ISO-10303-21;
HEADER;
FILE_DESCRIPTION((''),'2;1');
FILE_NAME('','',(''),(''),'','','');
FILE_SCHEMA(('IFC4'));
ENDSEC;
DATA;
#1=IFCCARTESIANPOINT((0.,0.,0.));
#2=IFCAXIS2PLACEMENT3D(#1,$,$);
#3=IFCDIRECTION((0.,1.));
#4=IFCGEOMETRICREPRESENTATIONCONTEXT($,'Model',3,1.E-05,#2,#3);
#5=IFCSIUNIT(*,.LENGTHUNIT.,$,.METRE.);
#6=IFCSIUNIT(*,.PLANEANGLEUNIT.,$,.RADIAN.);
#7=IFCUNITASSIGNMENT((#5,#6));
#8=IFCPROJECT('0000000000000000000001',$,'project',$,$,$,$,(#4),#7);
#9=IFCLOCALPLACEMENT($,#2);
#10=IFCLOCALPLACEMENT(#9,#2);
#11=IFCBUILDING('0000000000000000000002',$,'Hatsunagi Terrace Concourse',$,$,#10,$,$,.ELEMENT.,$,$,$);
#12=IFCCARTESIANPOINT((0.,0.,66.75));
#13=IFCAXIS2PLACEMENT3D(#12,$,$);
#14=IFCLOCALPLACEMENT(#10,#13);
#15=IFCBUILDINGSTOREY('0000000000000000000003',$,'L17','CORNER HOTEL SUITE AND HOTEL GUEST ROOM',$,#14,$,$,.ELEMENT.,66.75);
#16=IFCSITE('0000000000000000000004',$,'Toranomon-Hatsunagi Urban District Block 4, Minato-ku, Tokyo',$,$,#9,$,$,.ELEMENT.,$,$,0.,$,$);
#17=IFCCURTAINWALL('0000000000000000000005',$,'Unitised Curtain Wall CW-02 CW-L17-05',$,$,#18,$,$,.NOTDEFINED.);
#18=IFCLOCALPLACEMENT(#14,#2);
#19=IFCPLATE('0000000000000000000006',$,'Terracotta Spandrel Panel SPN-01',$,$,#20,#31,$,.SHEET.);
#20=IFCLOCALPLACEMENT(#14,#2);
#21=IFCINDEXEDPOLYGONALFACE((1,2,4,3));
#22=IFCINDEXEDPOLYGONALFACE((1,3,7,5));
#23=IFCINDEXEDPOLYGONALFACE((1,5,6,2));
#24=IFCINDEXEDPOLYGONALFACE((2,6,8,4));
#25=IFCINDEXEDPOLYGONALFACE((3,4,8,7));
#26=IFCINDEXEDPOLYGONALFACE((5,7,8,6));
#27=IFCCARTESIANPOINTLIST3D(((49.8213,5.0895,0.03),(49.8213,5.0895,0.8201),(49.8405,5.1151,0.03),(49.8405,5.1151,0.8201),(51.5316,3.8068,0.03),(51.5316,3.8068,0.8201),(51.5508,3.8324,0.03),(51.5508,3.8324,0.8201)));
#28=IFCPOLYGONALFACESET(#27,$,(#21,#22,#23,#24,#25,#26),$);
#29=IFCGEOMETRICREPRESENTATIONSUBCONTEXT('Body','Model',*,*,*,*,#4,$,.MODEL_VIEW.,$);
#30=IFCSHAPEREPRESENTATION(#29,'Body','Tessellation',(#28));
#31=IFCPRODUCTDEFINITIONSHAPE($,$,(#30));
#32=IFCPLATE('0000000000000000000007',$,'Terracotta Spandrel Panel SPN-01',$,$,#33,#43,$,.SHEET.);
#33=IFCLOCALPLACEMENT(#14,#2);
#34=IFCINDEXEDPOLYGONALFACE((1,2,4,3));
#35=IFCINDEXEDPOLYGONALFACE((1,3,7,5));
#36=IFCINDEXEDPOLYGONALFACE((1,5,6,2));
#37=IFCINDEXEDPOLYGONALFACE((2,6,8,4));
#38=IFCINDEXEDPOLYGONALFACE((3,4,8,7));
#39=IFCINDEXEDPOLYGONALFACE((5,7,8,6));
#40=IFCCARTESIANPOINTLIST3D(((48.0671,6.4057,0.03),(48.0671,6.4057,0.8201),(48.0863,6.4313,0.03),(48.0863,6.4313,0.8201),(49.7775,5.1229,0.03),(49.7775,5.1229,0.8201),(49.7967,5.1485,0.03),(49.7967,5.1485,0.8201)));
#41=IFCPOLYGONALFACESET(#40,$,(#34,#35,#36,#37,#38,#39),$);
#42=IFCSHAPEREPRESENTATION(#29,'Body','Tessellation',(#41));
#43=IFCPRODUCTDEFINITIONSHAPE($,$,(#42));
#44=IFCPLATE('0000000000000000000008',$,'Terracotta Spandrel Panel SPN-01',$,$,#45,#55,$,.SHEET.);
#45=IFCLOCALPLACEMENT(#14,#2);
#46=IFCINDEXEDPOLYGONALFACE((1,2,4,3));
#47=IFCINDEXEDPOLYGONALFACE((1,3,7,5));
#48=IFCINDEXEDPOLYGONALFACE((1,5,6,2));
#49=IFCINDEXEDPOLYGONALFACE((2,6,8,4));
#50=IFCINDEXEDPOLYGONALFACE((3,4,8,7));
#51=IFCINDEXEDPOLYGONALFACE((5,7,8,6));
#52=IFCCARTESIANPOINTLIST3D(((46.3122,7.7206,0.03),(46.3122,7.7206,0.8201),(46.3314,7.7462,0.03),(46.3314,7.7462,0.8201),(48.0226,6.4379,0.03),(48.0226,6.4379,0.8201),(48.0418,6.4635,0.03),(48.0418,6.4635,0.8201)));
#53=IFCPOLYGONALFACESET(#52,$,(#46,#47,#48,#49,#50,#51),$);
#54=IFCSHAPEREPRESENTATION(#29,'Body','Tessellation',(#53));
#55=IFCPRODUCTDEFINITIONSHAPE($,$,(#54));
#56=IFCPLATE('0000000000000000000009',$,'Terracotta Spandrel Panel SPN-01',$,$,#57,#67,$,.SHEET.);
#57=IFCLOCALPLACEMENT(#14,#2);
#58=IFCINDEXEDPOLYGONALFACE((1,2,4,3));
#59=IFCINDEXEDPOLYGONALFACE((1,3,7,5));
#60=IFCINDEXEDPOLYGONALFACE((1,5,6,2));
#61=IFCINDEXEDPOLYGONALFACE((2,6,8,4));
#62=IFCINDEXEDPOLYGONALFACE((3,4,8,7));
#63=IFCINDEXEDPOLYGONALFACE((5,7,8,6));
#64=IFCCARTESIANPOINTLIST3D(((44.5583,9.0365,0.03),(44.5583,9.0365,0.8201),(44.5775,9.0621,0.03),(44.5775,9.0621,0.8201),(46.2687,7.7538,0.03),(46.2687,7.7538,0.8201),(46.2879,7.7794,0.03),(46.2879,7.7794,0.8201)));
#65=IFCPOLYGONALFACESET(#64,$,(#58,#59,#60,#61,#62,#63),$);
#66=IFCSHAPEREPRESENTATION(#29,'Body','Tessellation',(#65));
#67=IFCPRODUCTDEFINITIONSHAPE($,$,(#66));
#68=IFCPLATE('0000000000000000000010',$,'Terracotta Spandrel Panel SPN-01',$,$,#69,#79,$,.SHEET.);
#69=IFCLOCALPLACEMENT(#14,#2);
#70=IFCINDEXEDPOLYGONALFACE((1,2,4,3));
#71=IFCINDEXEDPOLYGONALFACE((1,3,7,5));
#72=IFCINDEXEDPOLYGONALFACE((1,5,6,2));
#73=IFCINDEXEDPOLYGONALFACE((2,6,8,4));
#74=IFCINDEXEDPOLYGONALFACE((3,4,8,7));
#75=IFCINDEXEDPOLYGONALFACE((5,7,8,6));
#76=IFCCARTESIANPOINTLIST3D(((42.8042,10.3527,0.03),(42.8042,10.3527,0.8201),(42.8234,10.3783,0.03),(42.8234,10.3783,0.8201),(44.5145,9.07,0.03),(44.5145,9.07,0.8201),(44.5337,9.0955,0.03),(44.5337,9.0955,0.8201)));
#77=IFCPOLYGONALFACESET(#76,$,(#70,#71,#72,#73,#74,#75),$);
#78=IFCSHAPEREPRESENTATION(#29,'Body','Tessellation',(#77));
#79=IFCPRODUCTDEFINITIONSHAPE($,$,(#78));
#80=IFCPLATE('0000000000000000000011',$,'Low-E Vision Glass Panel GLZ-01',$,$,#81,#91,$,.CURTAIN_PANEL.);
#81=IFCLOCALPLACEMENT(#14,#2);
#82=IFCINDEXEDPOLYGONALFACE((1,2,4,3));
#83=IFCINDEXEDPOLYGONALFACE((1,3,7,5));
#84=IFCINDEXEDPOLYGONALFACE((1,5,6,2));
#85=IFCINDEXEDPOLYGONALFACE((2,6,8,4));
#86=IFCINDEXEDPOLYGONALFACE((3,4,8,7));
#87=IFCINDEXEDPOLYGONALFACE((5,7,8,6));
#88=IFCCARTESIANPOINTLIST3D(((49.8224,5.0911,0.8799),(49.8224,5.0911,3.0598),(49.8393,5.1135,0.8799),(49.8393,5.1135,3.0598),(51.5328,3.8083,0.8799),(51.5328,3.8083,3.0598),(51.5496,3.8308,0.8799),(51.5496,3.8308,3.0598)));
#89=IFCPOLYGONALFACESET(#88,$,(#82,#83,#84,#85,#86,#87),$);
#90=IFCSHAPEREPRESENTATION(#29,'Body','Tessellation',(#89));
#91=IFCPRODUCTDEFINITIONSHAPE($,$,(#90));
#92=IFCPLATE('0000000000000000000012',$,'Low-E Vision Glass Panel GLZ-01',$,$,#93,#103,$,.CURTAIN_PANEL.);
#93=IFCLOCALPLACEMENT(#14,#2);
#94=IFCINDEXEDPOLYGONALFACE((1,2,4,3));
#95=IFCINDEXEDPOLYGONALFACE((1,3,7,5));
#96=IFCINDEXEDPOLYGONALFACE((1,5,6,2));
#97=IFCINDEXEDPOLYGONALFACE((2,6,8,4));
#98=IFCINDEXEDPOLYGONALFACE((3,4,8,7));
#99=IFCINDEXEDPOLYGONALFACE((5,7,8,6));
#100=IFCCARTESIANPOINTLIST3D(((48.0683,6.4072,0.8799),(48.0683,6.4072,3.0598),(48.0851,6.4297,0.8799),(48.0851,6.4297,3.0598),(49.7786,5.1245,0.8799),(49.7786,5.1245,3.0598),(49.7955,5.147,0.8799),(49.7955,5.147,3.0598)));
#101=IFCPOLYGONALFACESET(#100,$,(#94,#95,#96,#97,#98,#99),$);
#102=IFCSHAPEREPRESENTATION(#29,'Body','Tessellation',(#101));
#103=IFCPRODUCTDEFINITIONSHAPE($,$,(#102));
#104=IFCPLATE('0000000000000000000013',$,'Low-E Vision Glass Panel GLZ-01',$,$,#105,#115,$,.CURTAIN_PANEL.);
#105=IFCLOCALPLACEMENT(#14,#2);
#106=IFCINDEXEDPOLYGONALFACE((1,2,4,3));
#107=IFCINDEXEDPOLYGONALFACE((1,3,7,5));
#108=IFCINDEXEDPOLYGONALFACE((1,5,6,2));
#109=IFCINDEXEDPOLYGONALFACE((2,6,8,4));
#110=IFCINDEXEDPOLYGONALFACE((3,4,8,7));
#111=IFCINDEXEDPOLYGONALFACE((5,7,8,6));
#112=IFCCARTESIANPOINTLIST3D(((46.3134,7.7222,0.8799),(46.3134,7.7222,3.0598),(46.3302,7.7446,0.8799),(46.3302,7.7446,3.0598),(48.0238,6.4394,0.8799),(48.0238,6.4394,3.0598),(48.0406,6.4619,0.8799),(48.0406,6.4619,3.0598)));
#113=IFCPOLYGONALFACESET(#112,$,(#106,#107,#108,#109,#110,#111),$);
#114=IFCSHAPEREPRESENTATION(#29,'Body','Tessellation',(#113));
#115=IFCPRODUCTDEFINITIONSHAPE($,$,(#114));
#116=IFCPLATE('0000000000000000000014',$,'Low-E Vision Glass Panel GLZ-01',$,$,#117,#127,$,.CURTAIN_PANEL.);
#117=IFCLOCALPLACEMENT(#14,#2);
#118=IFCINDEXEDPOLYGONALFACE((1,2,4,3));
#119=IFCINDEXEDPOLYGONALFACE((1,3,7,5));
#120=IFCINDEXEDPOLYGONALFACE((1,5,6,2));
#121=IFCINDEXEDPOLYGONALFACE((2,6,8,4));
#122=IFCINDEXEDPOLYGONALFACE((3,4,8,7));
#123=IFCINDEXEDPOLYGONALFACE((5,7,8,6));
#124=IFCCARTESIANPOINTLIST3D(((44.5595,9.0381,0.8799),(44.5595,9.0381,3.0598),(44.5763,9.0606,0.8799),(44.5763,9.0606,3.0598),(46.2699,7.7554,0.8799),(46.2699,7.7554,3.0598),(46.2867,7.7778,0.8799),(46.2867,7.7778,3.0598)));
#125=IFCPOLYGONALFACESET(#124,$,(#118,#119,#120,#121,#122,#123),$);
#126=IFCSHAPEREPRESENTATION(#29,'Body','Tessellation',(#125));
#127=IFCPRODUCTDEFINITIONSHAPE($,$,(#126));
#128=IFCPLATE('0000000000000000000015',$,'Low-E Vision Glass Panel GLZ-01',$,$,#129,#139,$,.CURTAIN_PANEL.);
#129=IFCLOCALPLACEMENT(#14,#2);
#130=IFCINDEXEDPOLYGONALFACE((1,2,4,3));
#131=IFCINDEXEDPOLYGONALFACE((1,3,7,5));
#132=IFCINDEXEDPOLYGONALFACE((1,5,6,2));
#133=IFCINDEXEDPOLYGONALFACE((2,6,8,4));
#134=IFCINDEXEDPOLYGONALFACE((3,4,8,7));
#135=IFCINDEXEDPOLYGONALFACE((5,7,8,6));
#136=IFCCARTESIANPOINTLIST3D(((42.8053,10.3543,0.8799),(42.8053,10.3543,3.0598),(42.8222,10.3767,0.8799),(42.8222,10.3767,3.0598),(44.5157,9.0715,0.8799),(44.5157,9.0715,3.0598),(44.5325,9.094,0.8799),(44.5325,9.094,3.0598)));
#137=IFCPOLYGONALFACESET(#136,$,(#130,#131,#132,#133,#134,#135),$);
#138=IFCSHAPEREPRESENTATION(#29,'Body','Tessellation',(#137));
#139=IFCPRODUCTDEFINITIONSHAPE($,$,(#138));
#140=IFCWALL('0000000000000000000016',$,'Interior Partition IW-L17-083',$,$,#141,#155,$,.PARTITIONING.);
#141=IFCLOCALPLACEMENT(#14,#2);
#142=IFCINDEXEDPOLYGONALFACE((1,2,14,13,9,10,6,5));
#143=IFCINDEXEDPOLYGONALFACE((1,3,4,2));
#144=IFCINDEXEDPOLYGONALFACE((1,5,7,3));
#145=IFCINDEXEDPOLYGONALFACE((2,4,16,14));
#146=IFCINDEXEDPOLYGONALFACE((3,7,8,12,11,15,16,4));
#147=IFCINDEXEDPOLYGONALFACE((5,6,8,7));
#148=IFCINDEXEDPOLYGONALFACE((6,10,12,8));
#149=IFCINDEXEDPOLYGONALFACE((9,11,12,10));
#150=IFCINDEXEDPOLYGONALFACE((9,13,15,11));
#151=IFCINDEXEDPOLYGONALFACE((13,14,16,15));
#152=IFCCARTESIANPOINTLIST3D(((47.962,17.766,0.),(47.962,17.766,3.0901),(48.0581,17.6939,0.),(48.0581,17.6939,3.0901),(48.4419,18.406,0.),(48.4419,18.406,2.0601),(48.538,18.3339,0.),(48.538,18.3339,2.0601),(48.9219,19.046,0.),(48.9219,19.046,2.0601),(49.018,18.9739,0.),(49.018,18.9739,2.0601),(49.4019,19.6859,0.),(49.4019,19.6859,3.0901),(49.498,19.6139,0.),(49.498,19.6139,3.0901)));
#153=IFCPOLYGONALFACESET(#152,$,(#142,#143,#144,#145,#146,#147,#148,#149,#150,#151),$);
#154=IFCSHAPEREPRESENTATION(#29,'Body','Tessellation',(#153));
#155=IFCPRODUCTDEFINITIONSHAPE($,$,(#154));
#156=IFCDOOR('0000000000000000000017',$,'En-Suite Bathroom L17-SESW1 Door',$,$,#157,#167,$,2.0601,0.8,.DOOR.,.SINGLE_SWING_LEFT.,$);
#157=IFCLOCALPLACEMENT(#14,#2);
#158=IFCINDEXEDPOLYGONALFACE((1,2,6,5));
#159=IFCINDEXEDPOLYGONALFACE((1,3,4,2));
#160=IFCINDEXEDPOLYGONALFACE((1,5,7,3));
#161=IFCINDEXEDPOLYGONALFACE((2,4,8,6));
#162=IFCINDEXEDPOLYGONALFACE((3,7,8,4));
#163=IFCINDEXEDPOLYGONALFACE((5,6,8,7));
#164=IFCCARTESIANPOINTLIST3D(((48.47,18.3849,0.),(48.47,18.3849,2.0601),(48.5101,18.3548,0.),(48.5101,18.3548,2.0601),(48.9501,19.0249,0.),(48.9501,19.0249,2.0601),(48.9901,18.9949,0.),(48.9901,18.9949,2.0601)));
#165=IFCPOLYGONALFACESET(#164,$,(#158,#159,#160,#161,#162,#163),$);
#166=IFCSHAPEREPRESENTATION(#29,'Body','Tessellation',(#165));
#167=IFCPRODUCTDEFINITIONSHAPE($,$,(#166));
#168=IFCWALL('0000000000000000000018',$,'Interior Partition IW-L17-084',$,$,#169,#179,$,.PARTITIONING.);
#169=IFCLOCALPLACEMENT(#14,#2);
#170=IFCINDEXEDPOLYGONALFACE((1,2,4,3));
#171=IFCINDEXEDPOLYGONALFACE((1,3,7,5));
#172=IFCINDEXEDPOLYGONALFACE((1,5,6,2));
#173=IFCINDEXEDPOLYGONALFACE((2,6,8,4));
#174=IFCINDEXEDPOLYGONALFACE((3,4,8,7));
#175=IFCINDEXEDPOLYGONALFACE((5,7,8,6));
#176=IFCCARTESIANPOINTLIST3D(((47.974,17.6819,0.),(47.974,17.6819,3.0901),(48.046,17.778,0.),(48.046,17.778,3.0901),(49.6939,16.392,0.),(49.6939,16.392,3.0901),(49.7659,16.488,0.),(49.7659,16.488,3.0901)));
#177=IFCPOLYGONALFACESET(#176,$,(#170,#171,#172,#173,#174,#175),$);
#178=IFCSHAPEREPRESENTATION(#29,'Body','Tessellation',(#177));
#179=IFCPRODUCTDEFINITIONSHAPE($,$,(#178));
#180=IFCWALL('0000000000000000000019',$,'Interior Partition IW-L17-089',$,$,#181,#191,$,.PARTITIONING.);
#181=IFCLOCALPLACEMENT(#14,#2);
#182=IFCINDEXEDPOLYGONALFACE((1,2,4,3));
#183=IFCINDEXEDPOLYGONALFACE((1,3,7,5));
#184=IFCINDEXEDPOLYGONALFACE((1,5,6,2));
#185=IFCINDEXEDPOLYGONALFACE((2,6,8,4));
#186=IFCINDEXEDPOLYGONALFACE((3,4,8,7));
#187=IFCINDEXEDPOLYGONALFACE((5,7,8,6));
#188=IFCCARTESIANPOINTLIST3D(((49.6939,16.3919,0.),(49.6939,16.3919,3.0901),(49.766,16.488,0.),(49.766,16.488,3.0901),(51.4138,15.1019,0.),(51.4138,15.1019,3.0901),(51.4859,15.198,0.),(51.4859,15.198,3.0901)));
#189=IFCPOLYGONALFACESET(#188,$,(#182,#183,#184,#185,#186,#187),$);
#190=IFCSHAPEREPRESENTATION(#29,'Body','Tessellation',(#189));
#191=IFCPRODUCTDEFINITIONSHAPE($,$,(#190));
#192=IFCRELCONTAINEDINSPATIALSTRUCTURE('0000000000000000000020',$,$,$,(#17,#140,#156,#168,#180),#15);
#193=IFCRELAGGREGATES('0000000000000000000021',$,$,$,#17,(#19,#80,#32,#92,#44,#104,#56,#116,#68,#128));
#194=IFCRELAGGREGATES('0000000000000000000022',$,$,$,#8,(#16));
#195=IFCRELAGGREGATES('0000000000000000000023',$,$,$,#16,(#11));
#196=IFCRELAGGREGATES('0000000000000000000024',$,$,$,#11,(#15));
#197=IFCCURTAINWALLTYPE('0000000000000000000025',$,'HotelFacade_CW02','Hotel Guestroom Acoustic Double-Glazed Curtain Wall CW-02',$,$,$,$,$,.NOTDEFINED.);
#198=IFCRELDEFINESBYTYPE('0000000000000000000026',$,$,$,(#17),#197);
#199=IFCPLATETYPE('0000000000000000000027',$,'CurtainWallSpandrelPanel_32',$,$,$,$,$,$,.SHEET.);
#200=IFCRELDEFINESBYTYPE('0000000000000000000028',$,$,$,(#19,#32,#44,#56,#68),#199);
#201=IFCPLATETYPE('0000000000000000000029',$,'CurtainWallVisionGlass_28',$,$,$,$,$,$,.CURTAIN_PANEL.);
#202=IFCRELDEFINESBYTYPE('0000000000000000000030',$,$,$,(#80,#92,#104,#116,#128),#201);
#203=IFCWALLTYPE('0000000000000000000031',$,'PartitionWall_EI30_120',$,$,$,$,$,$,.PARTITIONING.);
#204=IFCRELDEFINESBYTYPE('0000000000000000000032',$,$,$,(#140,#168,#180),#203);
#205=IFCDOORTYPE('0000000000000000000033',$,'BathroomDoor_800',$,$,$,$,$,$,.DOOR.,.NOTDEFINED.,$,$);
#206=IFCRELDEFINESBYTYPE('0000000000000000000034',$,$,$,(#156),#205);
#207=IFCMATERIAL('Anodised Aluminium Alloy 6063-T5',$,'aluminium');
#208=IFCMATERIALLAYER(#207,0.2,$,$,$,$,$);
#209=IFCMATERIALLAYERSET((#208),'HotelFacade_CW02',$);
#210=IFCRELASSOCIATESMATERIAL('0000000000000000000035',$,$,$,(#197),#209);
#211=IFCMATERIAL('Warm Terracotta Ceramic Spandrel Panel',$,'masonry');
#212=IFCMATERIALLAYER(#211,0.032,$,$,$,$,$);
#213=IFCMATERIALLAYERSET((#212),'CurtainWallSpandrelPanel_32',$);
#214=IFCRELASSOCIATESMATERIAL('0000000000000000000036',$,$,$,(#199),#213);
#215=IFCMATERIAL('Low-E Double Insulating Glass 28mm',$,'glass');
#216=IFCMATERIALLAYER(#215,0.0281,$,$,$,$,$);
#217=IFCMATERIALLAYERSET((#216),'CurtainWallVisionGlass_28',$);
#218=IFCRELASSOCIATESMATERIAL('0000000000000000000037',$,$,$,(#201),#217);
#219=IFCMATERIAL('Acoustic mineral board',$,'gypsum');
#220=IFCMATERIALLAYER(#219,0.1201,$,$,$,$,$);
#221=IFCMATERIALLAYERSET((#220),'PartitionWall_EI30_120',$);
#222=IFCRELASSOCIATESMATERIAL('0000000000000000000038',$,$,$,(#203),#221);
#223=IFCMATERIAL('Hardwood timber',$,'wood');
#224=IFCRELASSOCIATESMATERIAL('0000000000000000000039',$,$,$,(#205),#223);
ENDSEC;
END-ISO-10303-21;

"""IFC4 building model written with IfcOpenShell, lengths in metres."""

from ifc_helpers import new_model, si_unit, direction, frame, frame_2d, origin, origin_2d, place, context, subcontext, project, spatial, rectangle, extrude, material, layer, layer_set, type_object, element, fill, aggregate, save


model = new_model("IFC4")

# Units and contexts
model_context = context("Model", 3, precision=1e-05, world=origin(), true_north=direction((0.0, 1.0)))
body_context = subcontext(model_context, "Body", "Model", "MODEL_VIEW")
ifc_project = project(units=[si_unit("LENGTHUNIT", "METRE"), si_unit("PLANEANGLEUNIT", "RADIAN")], contexts=[model_context])

# Site, building, storey
site_placement = place(None, origin())
site = spatial("IfcSite", under=ifc_project, at=site_placement, Name="Toranomon-Hatsunagi Urban District Block 4, Minato-ku, Tokyo", CompositionType="ELEMENT", RefElevation=0.0)
building_placement = place(site_placement, origin())
building = spatial("IfcBuilding", under=site, at=building_placement, Name="Hatsunagi Terrace Concourse", CompositionType="ELEMENT")
storey_placement = place(building_placement, frame((0.0, 0.0, 66.75)))
storey = spatial("IfcBuildingStorey", under=building, at=storey_placement, Name="L17", Description="CORNER HOTEL SUITE AND HOTEL GUEST ROOM", CompositionType="ELEMENT", Elevation=66.75)

# Curtain wall
ifc_material_1 = material(Name="Anodised Aluminium Alloy 6063-T5", Category="aluminium")
ifc_layer_1 = layer(ifc_material_1, 0.2)
ifc_layer_set_1 = layer_set([ifc_layer_1], Name="HotelFacade_CW02")
curtain_wall_type = type_object("IfcCurtainWallType", Name="HotelFacade_CW02", Description="Hotel Guestroom Acoustic Double-Glazed Curtain Wall CW-02", PredefinedType="NOTDEFINED", material=ifc_layer_set_1)
curtain_wall_placement = place(storey_placement, origin())
curtain_wall = element("IfcCurtainWall", 1, at=curtain_wall_placement, inside=storey, type_object=curtain_wall_type, Name="Unitised Curtain Wall CW-02 CW-L17-05", PredefinedType="NOTDEFINED")

# Plates
ifc_material_2 = material(Name="Warm Terracotta Ceramic Spandrel Panel", Category="masonry")
ifc_layer_2 = layer(ifc_material_2, 0.032)
ifc_layer_set_2 = layer_set([ifc_layer_2], Name="CurtainWallSpandrelPanel_32")
plate_type_1 = type_object("IfcPlateType", Name="CurtainWallSpandrelPanel_32", PredefinedType="SHEET", material=ifc_layer_set_2)
plate_1_placement = place(storey_placement, frame((50.686, 4.4609, 0.03), z_axis=(0.0, 0.0, 1.0), x_axis=(-0.800003, 0.599996, 0.0)))
plate_1 = element("IfcPlate", 2, at=plate_1_placement, type_object=plate_type_1, Name="Terracotta Spandrel Panel SPN-01", PredefinedType="SHEET", context=body_context, shape_type="SweptSolid", body=[
    extrude(rectangle(XDim=2.1379, YDim=0.032, at=origin_2d()), origin(), (0.0, 0.0, 1.0), 0.79),
])
plate_2_placement = place(storey_placement, frame((48.9319, 5.7771, 0.03), z_axis=(0.0, 0.0, 1.0), x_axis=(-0.800003, 0.599996, 0.0)))
plate_2 = element("IfcPlate", 3, at=plate_2_placement, type_object=plate_type_1, Name="Terracotta Spandrel Panel SPN-01", PredefinedType="SHEET", context=body_context, shape_type="SweptSolid", body=[
    extrude(rectangle(XDim=2.1379, YDim=0.032, at=origin_2d()), origin(), (0.0, 0.0, 1.0), 0.79),
])
plate_3_placement = place(storey_placement, frame((47.177, 7.092, 0.03), z_axis=(0.0, 0.0, 1.0), x_axis=(-0.800003, 0.599996, 0.0)))
plate_3 = element("IfcPlate", 4, at=plate_3_placement, type_object=plate_type_1, Name="Terracotta Spandrel Panel SPN-01", PredefinedType="SHEET", context=body_context, shape_type="SweptSolid", body=[
    extrude(rectangle(XDim=2.1379, YDim=0.032, at=origin_2d()), origin(), (0.0, 0.0, 1.0), 0.79),
])
plate_4_placement = place(storey_placement, frame((45.4231, 8.408, 0.03), z_axis=(0.0, 0.0, 1.0), x_axis=(-0.800003, 0.599996, 0.0)))
plate_4 = element("IfcPlate", 5, at=plate_4_placement, type_object=plate_type_1, Name="Terracotta Spandrel Panel SPN-01", PredefinedType="SHEET", context=body_context, shape_type="SweptSolid", body=[
    extrude(rectangle(XDim=2.1379, YDim=0.032, at=origin_2d()), origin(), (0.0, 0.0, 1.0), 0.79),
])
plate_5_placement = place(storey_placement, frame((43.6689, 9.7241, 0.03), z_axis=(0.0, 0.0, 1.0), x_axis=(-0.800003, 0.599996, 0.0)))
plate_5 = element("IfcPlate", 6, at=plate_5_placement, type_object=plate_type_1, Name="Terracotta Spandrel Panel SPN-01", PredefinedType="SHEET", context=body_context, shape_type="SweptSolid", body=[
    extrude(rectangle(XDim=2.1379, YDim=0.032, at=origin_2d()), origin(), (0.0, 0.0, 1.0), 0.79),
])
ifc_material_3 = material(Name="Low-E Double Insulating Glass 28mm", Category="glass")
ifc_layer_3 = layer(ifc_material_3, 0.0281)
ifc_layer_set_3 = layer_set([ifc_layer_3], Name="CurtainWallVisionGlass_28")
plate_type_2 = type_object("IfcPlateType", Name="CurtainWallVisionGlass_28", PredefinedType="CURTAIN_PANEL", material=ifc_layer_set_3)
plate_6_placement = place(storey_placement, frame((50.686, 4.4609, 0.8799), z_axis=(0.0, 0.0, 1.0), x_axis=(-0.800003, 0.599996, 0.0)))
plate_6 = element("IfcPlate", 7, at=plate_6_placement, type_object=plate_type_2, Name="Low-E Vision Glass Panel GLZ-01", PredefinedType="CURTAIN_PANEL", context=body_context, shape_type="SweptSolid", body=[
    extrude(rectangle(XDim=2.1379, YDim=0.0281, at=origin_2d()), origin(), (0.0, 0.0, 1.0), 2.1799),
])
plate_7_placement = place(storey_placement, frame((48.9319, 5.7771, 0.8799), z_axis=(0.0, 0.0, 1.0), x_axis=(-0.800003, 0.599996, 0.0)))
plate_7 = element("IfcPlate", 8, at=plate_7_placement, type_object=plate_type_2, Name="Low-E Vision Glass Panel GLZ-01", PredefinedType="CURTAIN_PANEL", context=body_context, shape_type="SweptSolid", body=[
    extrude(rectangle(XDim=2.1379, YDim=0.0281, at=origin_2d()), origin(), (0.0, 0.0, 1.0), 2.1799),
])
plate_8_placement = place(storey_placement, frame((47.177, 7.092, 0.8799), z_axis=(0.0, 0.0, 1.0), x_axis=(-0.800003, 0.599996, 0.0)))
plate_8 = element("IfcPlate", 9, at=plate_8_placement, type_object=plate_type_2, Name="Low-E Vision Glass Panel GLZ-01", PredefinedType="CURTAIN_PANEL", context=body_context, shape_type="SweptSolid", body=[
    extrude(rectangle(XDim=2.1379, YDim=0.0281, at=origin_2d()), origin(), (0.0, 0.0, 1.0), 2.1799),
])
plate_9_placement = place(storey_placement, frame((45.4231, 8.408, 0.8799), z_axis=(0.0, 0.0, 1.0), x_axis=(-0.800003, 0.599996, 0.0)))
plate_9 = element("IfcPlate", 10, at=plate_9_placement, type_object=plate_type_2, Name="Low-E Vision Glass Panel GLZ-01", PredefinedType="CURTAIN_PANEL", context=body_context, shape_type="SweptSolid", body=[
    extrude(rectangle(XDim=2.1379, YDim=0.0281, at=origin_2d()), origin(), (0.0, 0.0, 1.0), 2.1799),
])
plate_10_placement = place(storey_placement, frame((43.6689, 9.7241, 0.8799), z_axis=(0.0, 0.0, 1.0), x_axis=(-0.800003, 0.599996, 0.0)))
plate_10 = element("IfcPlate", 11, at=plate_10_placement, type_object=plate_type_2, Name="Low-E Vision Glass Panel GLZ-01", PredefinedType="CURTAIN_PANEL", context=body_context, shape_type="SweptSolid", body=[
    extrude(rectangle(XDim=2.1379, YDim=0.0281, at=origin_2d()), origin(), (0.0, 0.0, 1.0), 2.1799),
])
aggregate(curtain_wall, [plate_1, plate_6, plate_2, plate_7, plate_3, plate_8, plate_4, plate_9, plate_5, plate_10])

# Wall, opening, door
ifc_material_4 = material(Name="Acoustic mineral board", Category="gypsum")
ifc_layer_4 = layer(ifc_material_4, 0.1201)
ifc_layer_set_4 = layer_set([ifc_layer_4], Name="PartitionWall_EI30_120")
wall_type_1 = type_object("IfcWallType", Name="PartitionWall_EI30_120", PredefinedType="PARTITIONING", material=ifc_layer_set_4)
wall_1_placement = place(storey_placement, frame((48.01, 17.73, 0.0), z_axis=(0.0, 0.0, 1.0), x_axis=(0.6, 0.8, 0.0)))
wall_1 = element("IfcWall", 12, at=wall_1_placement, inside=storey, type_object=wall_type_1, Name="Interior Partition IW-L17-083", PredefinedType="PARTITIONING", context=body_context, shape_type="SweptSolid", body=[
    extrude(rectangle(XDim=2.3999, YDim=0.1201, at=frame_2d((1.2, 0.0))), origin(), (0.0, 0.0, 1.0), 3.0901),
])
opening_placement = place(wall_1_placement, frame((0.8, 0.0, 0.0)))
opening = element("IfcOpeningElement", 13, at=opening_placement, cuts=wall_1, PredefinedType="OPENING", context=body_context, shape_type="SweptSolid", body=[
    extrude(rectangle(XDim=0.8, YDim=2.0601, at=frame_2d((0.3999, 1.03))), frame((0.0, 0.0701, 0.0), z_axis=(0.0, -1.0, 0.0), x_axis=(1.0, 0.0, 0.0)), (0.0, 0.0, 1.0), 0.1401),
])
ifc_material_5 = material(Name="Hardwood timber", Category="wood")
door_type = type_object("IfcDoorType", Name="BathroomDoor_800", OperationType="NOTDEFINED", PredefinedType="DOOR", material=ifc_material_5)
door_placement = place(opening_placement, origin())
door = element("IfcDoor", 14, at=door_placement, inside=storey, type_object=door_type, Name="En-Suite Bathroom L17-SESW1 Door", OperationType="SINGLE_SWING_LEFT", OverallHeight=2.0601, OverallWidth=0.8, PredefinedType="DOOR", context=body_context, shape_type="SweptSolid", body=[
    extrude(rectangle(XDim=0.8, YDim=2.0601, at=frame_2d((0.3999, 1.03))), frame((0.0, 0.0249, 0.0), z_axis=(0.0, -1.0, 0.0), x_axis=(1.0, 0.0, 0.0)), (0.0, 0.0, 1.0), 0.05),
])
fill(opening, door)

# Walls
for number, where, z_axis, x_axis, name in (
    (15, (48.01, 17.73, 0.0), (0.0, 0.0, 1.0), (0.799986, -0.600018, 0.0), "Interior Partition IW-L17-084"),
    (16, (49.73, 16.4399, 0.0), (0.0, 0.0, 1.0), (0.799986, -0.600018, 0.0), "Interior Partition IW-L17-089"),
):
    element("IfcWall", number, at=place(storey_placement, frame(where, z_axis=z_axis, x_axis=x_axis)), inside=storey, type_object=wall_type_1, Name=name, PredefinedType="PARTITIONING", context=body_context, shape_type="SweptSolid", body=[
        extrude(rectangle(XDim=2.1499, YDim=0.1201, at=frame_2d((1.075, 0.0))), origin(), (0.0, 0.0, 1.0), 3.0901),
    ])

save(model, "model.ifc")
